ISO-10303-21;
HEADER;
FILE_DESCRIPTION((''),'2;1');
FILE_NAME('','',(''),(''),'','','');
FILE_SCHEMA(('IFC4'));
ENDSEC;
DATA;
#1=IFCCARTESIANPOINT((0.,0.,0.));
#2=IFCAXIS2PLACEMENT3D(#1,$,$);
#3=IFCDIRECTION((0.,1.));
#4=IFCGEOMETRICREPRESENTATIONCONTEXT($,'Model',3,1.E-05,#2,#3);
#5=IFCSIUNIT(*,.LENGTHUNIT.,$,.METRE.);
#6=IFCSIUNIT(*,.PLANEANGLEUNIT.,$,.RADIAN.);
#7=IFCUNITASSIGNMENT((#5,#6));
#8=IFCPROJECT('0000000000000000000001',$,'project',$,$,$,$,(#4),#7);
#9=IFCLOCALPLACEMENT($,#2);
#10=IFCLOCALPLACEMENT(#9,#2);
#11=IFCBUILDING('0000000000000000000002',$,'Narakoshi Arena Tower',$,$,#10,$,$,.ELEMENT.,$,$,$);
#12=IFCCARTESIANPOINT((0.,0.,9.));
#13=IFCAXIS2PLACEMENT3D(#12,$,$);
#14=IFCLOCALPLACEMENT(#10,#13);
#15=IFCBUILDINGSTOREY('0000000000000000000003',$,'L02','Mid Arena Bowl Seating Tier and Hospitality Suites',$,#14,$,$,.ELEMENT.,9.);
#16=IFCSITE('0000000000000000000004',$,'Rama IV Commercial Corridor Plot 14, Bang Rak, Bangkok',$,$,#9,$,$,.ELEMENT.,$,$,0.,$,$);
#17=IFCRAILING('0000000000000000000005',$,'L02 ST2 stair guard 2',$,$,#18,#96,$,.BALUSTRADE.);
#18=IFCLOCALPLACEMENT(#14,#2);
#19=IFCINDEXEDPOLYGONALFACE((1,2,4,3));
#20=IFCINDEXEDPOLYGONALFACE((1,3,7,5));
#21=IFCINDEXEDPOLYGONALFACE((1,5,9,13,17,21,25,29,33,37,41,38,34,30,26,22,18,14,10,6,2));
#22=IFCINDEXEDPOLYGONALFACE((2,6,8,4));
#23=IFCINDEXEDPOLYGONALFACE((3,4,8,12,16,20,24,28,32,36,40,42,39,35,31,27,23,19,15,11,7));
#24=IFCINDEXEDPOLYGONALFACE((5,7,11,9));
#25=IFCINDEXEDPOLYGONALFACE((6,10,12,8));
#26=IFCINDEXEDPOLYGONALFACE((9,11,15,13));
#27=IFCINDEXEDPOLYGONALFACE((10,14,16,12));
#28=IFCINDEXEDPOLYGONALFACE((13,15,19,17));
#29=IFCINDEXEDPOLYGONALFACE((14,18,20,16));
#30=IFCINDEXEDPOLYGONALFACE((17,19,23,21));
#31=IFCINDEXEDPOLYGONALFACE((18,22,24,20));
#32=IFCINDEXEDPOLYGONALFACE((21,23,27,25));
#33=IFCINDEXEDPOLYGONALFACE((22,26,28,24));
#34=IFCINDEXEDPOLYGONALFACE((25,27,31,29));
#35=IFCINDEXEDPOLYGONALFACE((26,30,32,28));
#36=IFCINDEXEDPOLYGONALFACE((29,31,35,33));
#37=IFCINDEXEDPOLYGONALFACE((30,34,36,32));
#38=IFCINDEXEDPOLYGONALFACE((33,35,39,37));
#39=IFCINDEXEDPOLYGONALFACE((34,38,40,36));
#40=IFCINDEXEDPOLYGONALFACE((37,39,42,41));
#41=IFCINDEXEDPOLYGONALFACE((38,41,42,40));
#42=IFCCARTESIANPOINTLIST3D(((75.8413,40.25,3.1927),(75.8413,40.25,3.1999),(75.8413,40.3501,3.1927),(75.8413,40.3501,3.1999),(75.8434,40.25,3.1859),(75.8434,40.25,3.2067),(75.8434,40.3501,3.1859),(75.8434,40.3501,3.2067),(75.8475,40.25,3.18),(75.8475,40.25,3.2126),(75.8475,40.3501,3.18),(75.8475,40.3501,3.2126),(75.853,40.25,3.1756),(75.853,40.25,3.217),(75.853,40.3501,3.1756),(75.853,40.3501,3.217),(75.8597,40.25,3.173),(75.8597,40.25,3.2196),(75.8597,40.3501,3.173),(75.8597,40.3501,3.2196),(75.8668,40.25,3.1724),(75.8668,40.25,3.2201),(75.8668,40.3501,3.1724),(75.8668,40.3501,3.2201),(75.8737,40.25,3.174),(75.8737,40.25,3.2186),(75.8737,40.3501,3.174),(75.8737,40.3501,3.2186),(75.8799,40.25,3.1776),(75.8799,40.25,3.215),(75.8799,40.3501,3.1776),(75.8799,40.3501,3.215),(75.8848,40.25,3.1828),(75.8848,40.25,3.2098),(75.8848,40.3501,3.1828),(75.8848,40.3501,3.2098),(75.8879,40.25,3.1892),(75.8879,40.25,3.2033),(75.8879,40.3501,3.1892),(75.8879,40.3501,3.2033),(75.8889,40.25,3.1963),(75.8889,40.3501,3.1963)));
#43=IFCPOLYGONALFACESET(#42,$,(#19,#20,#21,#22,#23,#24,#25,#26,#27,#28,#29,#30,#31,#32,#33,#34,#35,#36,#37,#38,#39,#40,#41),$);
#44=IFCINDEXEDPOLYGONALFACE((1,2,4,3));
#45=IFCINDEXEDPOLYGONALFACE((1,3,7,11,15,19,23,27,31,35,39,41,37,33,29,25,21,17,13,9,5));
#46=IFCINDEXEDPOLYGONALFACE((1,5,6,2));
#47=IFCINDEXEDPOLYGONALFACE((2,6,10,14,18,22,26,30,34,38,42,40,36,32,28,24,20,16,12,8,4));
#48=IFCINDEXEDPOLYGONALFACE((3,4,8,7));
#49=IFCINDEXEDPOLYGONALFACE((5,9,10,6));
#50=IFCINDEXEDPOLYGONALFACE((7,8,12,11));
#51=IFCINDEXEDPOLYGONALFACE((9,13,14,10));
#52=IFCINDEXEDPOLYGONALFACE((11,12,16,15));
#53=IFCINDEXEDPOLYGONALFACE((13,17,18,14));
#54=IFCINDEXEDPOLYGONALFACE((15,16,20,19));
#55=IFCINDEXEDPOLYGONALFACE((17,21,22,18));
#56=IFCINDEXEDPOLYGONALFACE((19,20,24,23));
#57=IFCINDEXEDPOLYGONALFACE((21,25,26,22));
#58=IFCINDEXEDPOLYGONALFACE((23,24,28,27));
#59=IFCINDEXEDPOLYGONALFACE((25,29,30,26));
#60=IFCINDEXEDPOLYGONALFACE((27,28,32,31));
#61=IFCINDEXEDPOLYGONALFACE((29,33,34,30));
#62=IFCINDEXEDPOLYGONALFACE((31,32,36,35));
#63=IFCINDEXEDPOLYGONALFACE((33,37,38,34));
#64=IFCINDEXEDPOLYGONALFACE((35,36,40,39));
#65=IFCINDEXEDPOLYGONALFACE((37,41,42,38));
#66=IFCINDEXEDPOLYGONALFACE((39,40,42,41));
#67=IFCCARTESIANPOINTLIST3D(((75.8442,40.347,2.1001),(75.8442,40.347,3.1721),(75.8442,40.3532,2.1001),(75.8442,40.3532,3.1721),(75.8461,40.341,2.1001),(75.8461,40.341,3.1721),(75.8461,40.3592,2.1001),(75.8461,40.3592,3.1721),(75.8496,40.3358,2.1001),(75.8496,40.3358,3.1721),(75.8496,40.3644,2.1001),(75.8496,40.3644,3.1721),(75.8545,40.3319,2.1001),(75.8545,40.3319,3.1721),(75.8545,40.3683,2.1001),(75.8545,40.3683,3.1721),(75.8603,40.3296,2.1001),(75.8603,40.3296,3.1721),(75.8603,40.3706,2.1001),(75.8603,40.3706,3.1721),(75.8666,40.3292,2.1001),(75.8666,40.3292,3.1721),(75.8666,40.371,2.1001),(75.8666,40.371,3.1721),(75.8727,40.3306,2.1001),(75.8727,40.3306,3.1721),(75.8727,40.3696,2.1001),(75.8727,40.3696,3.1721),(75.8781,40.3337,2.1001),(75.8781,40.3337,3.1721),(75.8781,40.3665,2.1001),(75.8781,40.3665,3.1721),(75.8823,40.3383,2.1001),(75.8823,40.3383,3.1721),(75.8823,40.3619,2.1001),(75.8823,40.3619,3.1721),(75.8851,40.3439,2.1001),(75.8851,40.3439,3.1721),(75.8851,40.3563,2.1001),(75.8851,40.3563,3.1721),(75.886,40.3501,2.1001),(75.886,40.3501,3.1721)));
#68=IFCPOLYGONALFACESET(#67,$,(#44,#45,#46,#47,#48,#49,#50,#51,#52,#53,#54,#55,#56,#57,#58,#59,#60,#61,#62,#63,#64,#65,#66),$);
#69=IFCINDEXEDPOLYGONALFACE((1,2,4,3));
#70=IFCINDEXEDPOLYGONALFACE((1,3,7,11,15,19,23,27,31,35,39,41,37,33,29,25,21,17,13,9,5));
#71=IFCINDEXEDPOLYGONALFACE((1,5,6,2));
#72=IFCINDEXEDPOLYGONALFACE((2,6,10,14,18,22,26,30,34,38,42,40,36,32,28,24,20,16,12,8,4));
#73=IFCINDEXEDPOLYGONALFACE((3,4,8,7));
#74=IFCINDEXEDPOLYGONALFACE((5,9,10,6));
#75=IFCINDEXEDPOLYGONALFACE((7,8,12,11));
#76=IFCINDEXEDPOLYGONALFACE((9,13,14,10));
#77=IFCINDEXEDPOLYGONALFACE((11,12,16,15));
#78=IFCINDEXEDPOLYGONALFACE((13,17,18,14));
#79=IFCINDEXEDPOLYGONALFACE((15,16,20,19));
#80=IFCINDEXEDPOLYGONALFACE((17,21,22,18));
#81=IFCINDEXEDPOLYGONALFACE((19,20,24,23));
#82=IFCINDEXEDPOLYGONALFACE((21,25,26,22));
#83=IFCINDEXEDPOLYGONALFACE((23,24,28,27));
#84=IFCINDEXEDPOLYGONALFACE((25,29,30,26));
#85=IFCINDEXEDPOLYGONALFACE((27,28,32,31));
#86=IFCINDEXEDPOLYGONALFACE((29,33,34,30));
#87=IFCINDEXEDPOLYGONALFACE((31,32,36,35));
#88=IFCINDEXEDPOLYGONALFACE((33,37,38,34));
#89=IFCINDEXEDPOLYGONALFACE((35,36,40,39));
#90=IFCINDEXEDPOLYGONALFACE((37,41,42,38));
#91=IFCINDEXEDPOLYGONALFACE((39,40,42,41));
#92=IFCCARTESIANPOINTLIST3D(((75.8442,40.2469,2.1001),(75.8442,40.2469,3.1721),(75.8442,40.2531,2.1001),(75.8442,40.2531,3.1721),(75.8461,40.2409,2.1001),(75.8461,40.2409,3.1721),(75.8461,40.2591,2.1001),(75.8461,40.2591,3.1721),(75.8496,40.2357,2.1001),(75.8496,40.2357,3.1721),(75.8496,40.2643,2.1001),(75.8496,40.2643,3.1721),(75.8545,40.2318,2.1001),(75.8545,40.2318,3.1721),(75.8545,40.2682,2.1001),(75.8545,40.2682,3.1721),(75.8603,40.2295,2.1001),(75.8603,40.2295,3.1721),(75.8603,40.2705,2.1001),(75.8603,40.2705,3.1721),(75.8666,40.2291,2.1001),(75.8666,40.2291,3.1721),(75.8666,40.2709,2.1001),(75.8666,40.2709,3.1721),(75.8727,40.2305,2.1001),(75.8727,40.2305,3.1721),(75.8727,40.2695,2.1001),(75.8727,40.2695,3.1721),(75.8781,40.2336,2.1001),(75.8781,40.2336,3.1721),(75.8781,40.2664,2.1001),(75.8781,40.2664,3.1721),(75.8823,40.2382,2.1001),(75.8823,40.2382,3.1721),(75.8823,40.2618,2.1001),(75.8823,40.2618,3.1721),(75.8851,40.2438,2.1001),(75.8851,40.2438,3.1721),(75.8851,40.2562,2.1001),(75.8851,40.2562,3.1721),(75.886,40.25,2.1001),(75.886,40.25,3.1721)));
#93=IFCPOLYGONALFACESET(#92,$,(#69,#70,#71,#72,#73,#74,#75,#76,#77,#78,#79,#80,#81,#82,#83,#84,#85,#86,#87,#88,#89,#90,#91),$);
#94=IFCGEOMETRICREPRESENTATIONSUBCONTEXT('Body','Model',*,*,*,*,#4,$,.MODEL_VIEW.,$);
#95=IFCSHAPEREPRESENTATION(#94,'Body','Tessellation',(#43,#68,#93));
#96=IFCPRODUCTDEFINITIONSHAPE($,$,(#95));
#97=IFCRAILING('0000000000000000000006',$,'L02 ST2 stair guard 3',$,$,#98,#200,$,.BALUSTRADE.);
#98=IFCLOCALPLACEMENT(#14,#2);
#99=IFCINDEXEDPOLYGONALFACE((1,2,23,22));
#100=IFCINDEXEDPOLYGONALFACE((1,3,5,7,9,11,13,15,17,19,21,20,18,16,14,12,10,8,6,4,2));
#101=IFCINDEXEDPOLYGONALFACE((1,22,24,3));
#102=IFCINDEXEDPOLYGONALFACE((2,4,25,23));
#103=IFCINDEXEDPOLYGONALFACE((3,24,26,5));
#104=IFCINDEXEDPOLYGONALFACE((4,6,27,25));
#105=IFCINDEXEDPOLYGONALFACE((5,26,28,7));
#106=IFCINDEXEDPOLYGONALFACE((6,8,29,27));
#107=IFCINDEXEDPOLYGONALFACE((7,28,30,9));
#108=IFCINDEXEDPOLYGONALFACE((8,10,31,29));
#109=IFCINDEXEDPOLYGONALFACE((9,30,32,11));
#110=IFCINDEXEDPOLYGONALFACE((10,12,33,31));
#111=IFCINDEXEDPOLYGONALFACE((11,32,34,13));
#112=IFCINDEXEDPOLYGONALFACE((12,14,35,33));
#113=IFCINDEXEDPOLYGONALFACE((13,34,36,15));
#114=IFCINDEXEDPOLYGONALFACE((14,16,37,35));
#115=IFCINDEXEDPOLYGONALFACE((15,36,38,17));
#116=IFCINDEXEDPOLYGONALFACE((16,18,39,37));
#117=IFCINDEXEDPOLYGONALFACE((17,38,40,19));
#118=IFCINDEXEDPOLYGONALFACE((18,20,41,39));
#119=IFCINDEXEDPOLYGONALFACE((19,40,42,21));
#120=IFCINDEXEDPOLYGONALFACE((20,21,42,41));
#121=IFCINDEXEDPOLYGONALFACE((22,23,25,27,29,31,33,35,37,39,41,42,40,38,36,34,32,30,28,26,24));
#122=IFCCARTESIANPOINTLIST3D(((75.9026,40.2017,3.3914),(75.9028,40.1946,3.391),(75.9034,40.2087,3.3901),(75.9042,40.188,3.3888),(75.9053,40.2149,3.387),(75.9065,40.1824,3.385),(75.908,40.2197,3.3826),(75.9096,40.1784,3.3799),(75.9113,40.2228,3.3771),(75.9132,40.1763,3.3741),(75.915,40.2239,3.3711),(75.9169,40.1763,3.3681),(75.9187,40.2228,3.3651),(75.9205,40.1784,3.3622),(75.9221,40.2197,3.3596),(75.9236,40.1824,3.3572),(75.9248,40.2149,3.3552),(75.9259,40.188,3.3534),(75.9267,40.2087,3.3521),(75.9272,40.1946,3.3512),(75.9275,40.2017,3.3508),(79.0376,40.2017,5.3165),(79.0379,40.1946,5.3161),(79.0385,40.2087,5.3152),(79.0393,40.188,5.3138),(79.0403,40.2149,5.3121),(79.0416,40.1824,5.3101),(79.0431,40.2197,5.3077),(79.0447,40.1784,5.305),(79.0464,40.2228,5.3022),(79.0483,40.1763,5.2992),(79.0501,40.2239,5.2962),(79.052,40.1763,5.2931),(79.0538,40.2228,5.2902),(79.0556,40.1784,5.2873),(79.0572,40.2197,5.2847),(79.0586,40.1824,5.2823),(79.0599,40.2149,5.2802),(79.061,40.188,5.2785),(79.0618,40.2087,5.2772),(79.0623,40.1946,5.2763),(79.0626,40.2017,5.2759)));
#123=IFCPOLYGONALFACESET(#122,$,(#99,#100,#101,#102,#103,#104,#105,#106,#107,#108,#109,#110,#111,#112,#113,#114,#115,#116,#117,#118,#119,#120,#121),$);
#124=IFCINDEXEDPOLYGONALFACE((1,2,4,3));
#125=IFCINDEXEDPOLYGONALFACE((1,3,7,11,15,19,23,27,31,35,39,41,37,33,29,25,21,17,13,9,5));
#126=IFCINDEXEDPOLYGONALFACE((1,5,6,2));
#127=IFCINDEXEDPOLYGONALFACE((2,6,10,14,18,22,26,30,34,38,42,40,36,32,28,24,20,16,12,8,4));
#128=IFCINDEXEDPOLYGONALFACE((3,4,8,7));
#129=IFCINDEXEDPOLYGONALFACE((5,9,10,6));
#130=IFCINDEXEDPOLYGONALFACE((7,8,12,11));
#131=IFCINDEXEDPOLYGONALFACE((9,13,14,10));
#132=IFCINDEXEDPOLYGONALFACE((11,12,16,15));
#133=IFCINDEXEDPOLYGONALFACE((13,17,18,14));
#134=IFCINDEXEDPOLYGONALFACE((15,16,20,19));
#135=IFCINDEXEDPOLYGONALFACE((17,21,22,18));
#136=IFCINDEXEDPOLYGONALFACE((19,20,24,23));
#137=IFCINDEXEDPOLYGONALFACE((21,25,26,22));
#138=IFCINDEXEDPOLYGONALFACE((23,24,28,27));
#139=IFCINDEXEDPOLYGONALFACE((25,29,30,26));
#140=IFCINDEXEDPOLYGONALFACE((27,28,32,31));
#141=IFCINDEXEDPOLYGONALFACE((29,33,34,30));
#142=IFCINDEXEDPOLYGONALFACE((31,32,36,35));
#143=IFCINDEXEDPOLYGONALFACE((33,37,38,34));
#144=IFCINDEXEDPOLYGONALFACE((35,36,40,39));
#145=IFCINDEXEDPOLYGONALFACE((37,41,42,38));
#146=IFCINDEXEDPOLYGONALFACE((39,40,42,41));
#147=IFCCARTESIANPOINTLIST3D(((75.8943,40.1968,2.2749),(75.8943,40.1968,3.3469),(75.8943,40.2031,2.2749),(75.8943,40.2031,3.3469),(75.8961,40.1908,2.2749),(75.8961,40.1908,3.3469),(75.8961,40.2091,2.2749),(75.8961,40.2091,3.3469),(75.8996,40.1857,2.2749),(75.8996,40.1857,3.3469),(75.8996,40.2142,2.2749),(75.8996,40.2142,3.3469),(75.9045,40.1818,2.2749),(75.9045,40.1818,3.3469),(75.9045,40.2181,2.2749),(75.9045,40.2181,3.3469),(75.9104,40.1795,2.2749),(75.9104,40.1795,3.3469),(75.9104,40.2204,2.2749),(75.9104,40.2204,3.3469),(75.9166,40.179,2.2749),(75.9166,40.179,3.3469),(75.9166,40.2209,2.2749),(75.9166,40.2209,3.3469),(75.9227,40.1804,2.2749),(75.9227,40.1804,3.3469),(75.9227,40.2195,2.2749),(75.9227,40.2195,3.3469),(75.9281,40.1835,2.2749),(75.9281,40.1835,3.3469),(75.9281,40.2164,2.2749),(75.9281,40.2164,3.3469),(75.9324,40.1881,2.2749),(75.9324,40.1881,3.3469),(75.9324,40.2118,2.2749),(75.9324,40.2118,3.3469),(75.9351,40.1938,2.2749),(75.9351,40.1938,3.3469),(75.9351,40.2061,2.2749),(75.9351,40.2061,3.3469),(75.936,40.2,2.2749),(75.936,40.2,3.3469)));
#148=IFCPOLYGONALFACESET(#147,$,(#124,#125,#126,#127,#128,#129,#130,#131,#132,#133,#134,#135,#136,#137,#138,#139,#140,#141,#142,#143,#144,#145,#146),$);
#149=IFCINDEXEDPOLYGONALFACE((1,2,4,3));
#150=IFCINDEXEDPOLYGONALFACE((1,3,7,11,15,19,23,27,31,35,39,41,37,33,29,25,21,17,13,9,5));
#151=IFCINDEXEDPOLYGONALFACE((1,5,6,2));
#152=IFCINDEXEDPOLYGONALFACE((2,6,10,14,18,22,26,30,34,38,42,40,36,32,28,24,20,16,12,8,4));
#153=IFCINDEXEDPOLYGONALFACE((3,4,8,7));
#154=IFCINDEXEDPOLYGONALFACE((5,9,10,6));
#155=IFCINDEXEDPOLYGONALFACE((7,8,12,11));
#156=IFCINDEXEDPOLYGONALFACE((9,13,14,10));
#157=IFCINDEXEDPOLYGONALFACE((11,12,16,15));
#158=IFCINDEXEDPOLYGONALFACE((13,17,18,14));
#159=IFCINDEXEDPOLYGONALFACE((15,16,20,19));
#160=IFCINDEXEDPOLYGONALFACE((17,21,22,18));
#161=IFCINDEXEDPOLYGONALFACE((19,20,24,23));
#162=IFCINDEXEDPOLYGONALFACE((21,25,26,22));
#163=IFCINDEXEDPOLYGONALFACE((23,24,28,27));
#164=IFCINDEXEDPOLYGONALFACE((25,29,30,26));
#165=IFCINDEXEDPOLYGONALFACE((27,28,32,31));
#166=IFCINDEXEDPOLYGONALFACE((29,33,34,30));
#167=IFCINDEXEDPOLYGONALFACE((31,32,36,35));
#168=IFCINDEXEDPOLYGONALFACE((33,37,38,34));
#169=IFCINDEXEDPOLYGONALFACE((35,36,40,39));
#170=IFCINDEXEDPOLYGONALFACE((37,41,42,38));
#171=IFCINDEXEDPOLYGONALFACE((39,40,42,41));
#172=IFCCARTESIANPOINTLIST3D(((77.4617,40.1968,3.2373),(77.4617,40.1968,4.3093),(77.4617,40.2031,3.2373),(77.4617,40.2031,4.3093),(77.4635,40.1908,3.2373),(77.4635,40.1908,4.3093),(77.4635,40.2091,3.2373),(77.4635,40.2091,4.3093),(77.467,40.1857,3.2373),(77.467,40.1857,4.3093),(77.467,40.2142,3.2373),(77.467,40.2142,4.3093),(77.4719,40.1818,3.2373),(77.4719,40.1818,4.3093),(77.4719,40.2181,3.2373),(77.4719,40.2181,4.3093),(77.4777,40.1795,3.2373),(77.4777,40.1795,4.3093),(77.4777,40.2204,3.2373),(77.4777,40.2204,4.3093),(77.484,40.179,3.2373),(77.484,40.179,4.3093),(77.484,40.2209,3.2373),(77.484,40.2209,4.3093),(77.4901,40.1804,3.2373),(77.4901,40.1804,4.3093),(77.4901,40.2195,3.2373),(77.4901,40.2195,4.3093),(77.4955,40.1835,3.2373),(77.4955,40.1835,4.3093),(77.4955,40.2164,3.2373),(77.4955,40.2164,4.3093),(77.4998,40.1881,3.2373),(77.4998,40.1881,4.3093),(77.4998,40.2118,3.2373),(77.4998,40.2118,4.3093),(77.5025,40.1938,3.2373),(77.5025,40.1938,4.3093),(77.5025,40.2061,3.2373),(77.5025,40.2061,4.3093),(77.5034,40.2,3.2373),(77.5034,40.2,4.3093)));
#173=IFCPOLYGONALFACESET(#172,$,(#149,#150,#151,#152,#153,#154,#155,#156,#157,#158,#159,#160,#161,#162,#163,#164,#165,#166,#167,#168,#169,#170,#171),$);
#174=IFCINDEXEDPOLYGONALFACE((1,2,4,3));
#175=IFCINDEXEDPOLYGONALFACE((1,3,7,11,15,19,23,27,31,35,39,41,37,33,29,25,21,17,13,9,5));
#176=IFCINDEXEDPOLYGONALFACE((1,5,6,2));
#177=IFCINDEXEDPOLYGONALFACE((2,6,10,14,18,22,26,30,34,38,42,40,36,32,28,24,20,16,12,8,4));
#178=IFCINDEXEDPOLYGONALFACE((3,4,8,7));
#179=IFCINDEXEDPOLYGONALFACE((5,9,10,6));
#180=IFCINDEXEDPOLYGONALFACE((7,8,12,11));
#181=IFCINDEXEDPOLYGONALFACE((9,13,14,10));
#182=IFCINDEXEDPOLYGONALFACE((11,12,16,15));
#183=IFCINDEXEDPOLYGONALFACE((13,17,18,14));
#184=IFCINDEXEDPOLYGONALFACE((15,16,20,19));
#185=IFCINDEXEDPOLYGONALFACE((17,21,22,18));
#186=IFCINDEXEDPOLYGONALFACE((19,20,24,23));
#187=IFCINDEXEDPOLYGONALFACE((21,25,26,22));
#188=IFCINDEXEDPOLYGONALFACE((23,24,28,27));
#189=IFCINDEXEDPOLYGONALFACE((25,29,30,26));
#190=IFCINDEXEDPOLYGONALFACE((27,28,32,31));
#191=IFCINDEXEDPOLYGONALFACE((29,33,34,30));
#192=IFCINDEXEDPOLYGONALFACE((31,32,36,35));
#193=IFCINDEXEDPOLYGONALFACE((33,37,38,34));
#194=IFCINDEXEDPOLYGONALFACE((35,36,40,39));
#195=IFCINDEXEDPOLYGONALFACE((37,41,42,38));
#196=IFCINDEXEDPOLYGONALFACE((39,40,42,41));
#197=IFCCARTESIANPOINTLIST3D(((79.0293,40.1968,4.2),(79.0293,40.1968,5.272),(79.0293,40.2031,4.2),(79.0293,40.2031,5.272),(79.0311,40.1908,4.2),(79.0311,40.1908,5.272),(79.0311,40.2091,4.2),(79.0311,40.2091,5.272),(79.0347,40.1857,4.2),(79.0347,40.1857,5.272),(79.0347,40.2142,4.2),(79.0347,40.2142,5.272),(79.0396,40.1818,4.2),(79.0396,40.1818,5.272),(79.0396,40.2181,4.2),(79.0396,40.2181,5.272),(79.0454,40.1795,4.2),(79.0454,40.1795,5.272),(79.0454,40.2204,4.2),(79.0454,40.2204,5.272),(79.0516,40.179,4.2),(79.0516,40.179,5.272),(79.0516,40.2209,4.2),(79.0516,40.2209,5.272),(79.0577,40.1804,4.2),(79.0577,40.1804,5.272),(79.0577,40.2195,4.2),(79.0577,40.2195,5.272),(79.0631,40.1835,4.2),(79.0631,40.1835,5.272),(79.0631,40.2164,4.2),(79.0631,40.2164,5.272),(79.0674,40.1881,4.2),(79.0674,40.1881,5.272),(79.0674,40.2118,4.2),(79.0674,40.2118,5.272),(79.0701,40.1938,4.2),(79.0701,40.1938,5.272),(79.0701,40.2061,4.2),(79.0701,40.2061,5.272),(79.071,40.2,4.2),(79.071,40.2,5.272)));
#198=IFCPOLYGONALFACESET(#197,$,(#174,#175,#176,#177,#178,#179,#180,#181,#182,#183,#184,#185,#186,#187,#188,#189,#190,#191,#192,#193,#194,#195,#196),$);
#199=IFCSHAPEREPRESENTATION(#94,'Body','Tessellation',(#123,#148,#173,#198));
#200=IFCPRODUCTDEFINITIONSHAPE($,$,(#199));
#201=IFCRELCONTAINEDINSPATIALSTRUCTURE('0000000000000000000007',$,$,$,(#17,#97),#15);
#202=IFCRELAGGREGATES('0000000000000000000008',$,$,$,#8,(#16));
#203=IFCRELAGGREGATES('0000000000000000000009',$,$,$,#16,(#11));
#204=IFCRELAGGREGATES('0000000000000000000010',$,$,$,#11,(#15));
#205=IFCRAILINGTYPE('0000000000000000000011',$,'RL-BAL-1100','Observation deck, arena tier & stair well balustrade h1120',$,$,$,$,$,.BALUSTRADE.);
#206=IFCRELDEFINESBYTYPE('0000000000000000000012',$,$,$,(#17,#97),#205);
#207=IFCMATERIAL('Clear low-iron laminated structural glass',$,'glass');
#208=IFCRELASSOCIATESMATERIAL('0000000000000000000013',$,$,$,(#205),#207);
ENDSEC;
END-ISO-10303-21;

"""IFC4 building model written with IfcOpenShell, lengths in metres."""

from ifc_helpers import new_model, si_unit, direction, frame, origin, origin_2d, place, context, subcontext, project, spatial, circle, extrude, material, type_object, element, save


model = new_model("IFC4")

# Units and contexts
model_context = context("Model", 3, precision=1e-05, world=origin(), true_north=direction((0.0, 1.0)))
body_context = subcontext(model_context, "Body", "Model", "MODEL_VIEW")
ifc_project = project(units=[si_unit("LENGTHUNIT", "METRE"), si_unit("PLANEANGLEUNIT", "RADIAN")], contexts=[model_context])

# Site, building, storey
site_placement = place(None, origin())
site = spatial("IfcSite", under=ifc_project, at=site_placement, Name="Rama IV Commercial Corridor Plot 14, Bang Rak, Bangkok", CompositionType="ELEMENT", RefElevation=0.0)
building_placement = place(site_placement, origin())
building = spatial("IfcBuilding", under=site, at=building_placement, Name="Narakoshi Arena Tower", CompositionType="ELEMENT")
storey_placement = place(building_placement, frame((0.0, 0.0, 9.0)))
storey = spatial("IfcBuildingStorey", under=building, at=storey_placement, Name="L02", Description="Mid Arena Bowl Seating Tier and Hospitality Suites", CompositionType="ELEMENT", Elevation=9.0)

# Railings
ifc_material_1 = material(Name="Clear low-iron laminated structural glass", Category="glass")
railing_type_1 = type_object("IfcRailingType", Name="RL-BAL-1100", Description="Observation deck, arena tier & stair well balustrade h1120", PredefinedType="BALUSTRADE", material=ifc_material_1)
railing_1_placement = place(storey_placement, frame((75.865, 40.3501, 2.1001)))
element("IfcRailing", 1, at=railing_1_placement, inside=storey, type_object=railing_type_1, Name="L02 ST2 stair guard 2", PredefinedType="BALUSTRADE", context=body_context, shape_type="SweptSolid", body=[
    extrude(circle(Radius=0.0239, at=origin_2d()), frame((0.0, 0.0, 1.0962), z_axis=(0.0, -1.0, 0.0), x_axis=(1.0, 0.0, 0.0)), (0.0, 0.0, 1.0), 0.1001),
    extrude(circle(Radius=0.021, at=origin_2d()), origin(), (0.0, 0.0, 1.0), 1.072),
    extrude(circle(Radius=0.021, at=origin_2d()), frame((0.0, -0.1001, 0.0)), (0.0, 0.0, 1.0), 1.072),
])
railing_2_placement = place(storey_placement, frame((75.915, 40.2, 2.2749)))
element("IfcRailing", 2, at=railing_2_placement, inside=storey, type_object=railing_type_1, Name="L02 ST2 stair guard 3", PredefinedType="BALUSTRADE", context=body_context, shape_type="SweptSolid", body=[
    extrude(circle(Radius=0.0239, at=origin_2d()), frame((0.0, 0.0, 1.0962), z_axis=(0.852166, 0.0, 0.523271), x_axis=(0.0, 1.0, 0.0)), (0.0, 0.0, 1.0), 3.679),
    extrude(circle(Radius=0.021, at=origin_2d()), origin(), (0.0, 0.0, 1.0), 1.072),
    extrude(circle(Radius=0.021, at=origin_2d()), frame((1.5674, 0.0, 0.9624)), (0.0, 0.0, 1.0), 1.072),
    extrude(circle(Radius=0.021, at=origin_2d()), frame((3.135, 0.0, 1.925)), (0.0, 0.0, 1.0), 1.072),
])

save(model, "model.ifc")
